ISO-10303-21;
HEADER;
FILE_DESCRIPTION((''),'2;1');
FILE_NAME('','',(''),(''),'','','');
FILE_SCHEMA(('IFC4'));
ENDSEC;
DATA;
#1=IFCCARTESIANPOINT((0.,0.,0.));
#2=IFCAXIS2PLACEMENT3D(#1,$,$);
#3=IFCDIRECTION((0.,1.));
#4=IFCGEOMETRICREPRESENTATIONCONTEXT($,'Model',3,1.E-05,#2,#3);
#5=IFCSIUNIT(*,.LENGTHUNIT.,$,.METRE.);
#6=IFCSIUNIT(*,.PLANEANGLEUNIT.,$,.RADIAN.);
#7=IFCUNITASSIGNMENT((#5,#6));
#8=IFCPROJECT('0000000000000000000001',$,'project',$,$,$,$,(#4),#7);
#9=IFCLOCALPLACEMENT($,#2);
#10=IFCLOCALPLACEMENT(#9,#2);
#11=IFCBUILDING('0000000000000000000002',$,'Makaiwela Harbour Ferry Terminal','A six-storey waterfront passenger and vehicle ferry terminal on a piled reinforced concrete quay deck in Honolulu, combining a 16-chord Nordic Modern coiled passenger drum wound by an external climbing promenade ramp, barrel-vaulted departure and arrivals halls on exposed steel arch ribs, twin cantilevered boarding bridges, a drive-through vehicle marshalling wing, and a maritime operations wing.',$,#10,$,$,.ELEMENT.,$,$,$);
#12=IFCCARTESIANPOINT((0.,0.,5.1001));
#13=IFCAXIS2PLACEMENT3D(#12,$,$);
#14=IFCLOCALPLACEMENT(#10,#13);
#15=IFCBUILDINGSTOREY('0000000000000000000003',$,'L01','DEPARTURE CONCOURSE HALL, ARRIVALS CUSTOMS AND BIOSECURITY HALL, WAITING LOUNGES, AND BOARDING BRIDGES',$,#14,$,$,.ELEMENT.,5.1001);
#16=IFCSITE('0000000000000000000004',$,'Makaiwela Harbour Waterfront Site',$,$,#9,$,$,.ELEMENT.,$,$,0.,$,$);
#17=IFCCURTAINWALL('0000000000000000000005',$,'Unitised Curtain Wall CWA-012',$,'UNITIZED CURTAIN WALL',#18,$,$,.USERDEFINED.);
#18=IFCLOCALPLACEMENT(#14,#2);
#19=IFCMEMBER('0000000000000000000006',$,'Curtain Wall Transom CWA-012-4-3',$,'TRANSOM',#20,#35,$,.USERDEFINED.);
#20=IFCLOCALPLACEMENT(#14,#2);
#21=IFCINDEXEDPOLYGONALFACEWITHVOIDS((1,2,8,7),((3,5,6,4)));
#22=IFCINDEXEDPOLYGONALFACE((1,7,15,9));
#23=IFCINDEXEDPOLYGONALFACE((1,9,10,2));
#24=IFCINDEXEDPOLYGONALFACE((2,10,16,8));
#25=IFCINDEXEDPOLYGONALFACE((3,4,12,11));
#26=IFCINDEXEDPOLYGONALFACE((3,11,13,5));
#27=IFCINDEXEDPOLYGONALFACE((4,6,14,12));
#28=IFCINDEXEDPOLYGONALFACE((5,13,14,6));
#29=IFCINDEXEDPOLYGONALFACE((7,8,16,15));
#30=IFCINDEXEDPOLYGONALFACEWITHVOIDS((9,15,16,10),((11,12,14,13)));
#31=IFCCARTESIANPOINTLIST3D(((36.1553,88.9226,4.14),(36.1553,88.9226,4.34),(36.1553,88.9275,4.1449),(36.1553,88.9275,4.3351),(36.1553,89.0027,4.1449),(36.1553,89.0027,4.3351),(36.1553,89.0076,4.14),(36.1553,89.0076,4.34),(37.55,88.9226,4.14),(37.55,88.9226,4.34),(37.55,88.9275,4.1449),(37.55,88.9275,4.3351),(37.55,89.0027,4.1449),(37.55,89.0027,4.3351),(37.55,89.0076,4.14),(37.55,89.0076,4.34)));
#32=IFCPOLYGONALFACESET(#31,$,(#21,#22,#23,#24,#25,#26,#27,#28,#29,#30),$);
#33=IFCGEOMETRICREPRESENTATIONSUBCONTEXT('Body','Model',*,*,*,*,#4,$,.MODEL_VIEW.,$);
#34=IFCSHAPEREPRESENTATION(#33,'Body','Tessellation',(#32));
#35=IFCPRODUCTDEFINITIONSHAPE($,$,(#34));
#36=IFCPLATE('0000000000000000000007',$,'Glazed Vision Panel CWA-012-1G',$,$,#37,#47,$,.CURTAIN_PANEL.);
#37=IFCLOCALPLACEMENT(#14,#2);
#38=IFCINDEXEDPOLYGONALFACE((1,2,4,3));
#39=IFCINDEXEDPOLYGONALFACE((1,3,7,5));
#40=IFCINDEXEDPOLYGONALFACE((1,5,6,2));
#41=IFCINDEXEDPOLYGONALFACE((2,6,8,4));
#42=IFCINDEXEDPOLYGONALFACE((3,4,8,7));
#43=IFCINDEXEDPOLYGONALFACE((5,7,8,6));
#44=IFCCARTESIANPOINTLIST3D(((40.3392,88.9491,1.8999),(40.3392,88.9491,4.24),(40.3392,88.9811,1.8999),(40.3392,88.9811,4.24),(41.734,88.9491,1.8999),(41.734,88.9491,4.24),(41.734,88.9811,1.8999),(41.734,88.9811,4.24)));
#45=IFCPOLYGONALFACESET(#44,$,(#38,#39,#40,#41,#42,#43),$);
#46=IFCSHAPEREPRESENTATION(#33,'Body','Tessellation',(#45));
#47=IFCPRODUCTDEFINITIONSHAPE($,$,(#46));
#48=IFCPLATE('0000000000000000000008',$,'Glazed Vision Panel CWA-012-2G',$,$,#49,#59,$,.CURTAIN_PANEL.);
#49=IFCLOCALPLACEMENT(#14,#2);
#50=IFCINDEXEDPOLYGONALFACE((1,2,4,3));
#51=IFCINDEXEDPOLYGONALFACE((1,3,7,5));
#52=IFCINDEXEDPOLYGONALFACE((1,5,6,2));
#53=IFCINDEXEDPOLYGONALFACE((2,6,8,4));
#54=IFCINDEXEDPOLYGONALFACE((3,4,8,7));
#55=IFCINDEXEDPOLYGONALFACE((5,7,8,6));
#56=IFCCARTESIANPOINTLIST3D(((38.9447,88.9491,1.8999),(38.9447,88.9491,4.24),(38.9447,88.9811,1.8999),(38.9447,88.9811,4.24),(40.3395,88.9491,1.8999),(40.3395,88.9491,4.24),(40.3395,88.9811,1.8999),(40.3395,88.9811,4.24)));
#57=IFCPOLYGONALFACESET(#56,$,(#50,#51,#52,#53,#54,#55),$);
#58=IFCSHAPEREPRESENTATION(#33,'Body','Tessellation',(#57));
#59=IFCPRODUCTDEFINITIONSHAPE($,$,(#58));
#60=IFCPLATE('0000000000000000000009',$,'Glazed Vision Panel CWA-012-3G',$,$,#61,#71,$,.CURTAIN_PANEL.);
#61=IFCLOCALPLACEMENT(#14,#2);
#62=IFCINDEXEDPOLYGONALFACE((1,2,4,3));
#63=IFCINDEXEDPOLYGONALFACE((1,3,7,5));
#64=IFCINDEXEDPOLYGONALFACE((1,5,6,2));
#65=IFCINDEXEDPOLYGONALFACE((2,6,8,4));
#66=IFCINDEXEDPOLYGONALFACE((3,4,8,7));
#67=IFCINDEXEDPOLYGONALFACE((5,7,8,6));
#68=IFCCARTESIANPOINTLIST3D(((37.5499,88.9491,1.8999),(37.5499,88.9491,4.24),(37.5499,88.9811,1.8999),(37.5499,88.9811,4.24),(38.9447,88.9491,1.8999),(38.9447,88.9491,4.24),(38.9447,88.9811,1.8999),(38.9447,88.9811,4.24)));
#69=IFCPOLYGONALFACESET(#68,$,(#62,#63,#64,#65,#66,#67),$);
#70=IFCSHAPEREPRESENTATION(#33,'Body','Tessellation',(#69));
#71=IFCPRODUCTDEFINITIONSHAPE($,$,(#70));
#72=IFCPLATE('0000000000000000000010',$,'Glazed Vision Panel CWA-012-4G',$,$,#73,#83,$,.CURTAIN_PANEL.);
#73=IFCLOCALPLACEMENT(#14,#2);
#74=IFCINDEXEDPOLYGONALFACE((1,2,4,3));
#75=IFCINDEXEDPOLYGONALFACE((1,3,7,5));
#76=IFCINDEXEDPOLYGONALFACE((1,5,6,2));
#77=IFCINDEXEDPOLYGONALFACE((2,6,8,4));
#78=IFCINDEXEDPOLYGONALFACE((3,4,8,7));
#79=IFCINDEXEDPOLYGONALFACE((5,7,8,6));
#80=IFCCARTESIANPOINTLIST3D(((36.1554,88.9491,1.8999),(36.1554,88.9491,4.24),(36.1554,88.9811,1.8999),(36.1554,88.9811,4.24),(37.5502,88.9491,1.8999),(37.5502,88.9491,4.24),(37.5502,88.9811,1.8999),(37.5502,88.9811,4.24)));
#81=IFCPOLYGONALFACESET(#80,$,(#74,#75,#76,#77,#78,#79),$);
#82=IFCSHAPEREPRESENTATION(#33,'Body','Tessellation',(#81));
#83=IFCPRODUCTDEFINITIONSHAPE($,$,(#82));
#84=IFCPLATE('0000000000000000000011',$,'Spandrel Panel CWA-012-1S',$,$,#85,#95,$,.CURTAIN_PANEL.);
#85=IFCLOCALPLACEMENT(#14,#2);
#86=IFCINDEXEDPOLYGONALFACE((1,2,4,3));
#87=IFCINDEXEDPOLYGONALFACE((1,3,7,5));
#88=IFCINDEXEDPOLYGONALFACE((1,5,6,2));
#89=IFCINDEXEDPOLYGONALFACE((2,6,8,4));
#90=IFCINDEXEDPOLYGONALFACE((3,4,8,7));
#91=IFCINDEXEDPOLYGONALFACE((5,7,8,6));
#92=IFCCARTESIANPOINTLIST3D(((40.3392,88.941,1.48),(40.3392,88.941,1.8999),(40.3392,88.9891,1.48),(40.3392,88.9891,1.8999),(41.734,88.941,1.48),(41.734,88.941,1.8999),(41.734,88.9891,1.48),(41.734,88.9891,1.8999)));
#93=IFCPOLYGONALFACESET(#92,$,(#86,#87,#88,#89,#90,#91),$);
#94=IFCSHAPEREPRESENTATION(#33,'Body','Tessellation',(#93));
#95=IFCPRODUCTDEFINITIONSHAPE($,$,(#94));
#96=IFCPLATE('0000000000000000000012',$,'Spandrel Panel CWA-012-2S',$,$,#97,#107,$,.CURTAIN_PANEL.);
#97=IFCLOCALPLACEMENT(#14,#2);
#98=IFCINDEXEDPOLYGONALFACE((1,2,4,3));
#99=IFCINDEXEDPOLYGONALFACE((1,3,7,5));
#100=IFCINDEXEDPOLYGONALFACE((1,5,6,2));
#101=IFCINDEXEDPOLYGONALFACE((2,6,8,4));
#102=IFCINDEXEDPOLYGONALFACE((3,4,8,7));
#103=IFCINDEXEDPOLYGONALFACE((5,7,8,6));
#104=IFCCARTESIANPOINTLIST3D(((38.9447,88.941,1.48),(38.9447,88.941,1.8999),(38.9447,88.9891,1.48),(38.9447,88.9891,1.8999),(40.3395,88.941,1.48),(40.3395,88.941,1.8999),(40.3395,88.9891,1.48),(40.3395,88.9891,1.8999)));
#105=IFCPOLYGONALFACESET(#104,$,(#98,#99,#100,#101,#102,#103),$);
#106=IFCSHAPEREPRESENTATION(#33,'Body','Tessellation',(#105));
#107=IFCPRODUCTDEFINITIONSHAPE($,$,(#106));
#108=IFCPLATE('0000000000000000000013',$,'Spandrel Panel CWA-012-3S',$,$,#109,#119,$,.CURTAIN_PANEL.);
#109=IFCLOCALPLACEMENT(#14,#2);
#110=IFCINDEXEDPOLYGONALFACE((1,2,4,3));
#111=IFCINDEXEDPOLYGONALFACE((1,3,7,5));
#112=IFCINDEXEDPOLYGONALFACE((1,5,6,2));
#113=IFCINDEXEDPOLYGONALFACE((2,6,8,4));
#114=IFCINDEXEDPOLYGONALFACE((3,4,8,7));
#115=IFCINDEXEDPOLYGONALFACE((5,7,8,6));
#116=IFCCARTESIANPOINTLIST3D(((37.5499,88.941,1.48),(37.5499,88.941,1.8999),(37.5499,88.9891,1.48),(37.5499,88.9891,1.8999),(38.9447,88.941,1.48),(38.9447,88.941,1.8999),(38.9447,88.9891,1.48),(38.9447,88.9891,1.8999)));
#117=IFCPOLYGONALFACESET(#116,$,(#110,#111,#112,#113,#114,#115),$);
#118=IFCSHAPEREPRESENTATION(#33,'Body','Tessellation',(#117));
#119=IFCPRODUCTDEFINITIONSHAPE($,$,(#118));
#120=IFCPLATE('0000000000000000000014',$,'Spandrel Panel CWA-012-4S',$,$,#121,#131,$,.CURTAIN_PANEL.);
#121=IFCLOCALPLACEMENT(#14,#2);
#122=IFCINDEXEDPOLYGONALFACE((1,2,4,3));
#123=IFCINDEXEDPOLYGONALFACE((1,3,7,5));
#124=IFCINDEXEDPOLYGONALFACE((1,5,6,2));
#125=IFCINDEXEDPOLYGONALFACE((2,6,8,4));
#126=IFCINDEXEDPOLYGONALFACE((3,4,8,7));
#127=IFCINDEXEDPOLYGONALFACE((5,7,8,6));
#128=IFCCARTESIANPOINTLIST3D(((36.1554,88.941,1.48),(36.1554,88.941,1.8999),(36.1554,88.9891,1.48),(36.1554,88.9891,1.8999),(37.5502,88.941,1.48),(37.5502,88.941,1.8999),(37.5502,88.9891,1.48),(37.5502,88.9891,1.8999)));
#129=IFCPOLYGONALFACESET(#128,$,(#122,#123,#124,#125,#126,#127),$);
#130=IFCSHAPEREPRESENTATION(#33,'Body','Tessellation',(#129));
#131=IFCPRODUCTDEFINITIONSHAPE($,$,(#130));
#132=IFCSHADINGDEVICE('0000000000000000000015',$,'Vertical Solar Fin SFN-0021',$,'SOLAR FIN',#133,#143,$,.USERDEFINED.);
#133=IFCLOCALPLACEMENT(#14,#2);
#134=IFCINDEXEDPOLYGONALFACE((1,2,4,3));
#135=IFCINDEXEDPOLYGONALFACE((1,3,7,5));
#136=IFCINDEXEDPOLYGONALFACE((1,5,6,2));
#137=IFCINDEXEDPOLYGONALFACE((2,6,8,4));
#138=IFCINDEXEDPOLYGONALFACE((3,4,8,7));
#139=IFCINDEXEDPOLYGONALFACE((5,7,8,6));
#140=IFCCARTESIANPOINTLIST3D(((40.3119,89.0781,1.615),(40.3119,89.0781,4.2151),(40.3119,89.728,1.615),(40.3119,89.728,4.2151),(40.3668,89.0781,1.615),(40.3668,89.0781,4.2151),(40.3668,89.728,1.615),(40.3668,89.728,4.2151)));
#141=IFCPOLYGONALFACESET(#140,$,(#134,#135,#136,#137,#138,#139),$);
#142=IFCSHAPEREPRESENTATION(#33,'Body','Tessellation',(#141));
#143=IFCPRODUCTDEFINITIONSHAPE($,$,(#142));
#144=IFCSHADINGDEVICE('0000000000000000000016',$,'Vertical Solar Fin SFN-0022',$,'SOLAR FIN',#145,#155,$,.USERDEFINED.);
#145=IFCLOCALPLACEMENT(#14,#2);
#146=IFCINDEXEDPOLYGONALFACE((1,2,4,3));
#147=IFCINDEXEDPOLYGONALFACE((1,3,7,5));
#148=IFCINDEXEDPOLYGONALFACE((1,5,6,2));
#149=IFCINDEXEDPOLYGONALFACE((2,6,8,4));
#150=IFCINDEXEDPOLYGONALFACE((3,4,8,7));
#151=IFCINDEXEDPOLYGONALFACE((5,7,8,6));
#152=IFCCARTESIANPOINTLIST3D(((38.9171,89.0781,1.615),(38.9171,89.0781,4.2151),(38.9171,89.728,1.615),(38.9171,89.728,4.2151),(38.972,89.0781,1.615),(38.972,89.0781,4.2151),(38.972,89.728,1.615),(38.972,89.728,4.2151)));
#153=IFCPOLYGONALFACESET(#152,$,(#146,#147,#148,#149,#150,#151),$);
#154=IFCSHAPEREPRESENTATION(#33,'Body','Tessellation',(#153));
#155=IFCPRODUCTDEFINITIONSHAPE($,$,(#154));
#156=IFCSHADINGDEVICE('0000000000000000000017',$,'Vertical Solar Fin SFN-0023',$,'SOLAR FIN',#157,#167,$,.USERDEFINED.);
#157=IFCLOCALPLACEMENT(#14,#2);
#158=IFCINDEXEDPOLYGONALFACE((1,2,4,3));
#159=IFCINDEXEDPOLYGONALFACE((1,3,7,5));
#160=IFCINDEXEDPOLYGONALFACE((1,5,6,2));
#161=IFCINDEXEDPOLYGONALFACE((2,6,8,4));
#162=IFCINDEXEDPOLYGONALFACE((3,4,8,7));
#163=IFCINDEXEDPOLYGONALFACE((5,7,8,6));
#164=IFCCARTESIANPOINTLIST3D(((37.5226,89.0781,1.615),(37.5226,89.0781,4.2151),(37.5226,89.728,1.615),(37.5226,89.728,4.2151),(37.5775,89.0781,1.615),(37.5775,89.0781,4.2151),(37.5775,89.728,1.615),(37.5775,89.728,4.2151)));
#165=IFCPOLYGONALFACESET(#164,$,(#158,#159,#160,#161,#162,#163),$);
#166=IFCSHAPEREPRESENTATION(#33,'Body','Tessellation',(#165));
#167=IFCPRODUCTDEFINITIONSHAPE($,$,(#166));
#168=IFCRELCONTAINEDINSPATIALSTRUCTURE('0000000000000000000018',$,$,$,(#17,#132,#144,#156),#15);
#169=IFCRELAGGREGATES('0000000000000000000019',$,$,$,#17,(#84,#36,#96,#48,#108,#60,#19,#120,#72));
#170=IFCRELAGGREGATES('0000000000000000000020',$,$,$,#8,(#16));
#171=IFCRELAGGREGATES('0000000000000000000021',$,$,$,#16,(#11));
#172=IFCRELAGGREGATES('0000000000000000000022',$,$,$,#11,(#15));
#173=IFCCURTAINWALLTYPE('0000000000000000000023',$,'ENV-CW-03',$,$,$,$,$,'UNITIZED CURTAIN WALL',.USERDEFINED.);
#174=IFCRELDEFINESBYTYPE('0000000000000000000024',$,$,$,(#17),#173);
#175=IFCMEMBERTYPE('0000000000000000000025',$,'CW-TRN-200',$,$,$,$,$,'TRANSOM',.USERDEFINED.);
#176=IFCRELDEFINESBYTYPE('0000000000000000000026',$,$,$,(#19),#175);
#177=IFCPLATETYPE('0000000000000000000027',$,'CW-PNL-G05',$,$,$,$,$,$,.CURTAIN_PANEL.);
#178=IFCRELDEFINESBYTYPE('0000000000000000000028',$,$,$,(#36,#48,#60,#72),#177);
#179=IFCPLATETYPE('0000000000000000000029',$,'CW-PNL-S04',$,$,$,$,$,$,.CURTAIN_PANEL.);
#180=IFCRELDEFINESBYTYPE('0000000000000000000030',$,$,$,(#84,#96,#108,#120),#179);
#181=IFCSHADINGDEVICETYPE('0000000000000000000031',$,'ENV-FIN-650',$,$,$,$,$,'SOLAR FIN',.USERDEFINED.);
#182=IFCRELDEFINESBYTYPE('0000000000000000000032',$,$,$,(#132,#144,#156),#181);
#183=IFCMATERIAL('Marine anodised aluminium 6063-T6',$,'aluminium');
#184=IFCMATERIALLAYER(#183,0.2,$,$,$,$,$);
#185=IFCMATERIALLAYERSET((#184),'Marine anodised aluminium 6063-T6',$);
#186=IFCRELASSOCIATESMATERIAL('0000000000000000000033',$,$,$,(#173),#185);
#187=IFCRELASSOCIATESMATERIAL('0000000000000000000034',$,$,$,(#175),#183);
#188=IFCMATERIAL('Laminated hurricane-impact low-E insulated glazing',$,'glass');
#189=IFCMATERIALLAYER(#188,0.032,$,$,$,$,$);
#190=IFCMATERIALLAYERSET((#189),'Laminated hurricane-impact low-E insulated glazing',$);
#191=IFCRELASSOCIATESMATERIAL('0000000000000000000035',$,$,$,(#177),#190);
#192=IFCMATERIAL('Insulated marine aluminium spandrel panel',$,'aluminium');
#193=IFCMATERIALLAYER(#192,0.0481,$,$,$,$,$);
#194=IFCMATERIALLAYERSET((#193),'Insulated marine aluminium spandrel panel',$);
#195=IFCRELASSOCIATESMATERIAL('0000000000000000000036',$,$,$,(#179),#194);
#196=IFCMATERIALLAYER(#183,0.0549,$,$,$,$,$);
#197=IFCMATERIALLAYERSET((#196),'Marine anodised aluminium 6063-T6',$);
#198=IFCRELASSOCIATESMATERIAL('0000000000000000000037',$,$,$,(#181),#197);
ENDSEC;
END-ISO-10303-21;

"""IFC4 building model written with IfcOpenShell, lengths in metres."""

from ifc_helpers import new_model, si_unit, direction, frame, origin, origin_2d, place, context, subcontext, project, spatial, rectangle, hollow_rectangle, extrude, material, layer, layer_set, material_profile, profile_set, type_object, element, aggregate, save


model = new_model("IFC4")

# Units and contexts
model_context = context("Model", 3, precision=1e-05, world=origin(), true_north=direction((0.0, 1.0)))
body_context = subcontext(model_context, "Body", "Model", "MODEL_VIEW")
ifc_project = project(units=[si_unit("LENGTHUNIT", "METRE"), si_unit("PLANEANGLEUNIT", "RADIAN")], contexts=[model_context])

# Site, building, storey
site_placement = place(None, origin())
site = spatial("IfcSite", under=ifc_project, at=site_placement, Name="Makaiwela Harbour Waterfront Site", CompositionType="ELEMENT", RefElevation=0.0)
building_placement = place(site_placement, origin())
building = spatial("IfcBuilding", under=site, at=building_placement, Name="Makaiwela Harbour Ferry Terminal", Description="A six-storey waterfront passenger and vehicle ferry terminal on a piled reinforced concrete quay deck in Honolulu, combining a 16-chord Nordic Modern coiled passenger drum wound by an external climbing promenade ramp, barrel-vaulted departure and arrivals halls on exposed steel arch ribs, twin cantilevered boarding bridges, a drive-through vehicle marshalling wing, and a maritime operations wing.", CompositionType="ELEMENT")
storey_placement = place(building_placement, frame((0.0, 0.0, 5.1001)))
storey = spatial("IfcBuildingStorey", under=building, at=storey_placement, Name="L01", Description="DEPARTURE CONCOURSE HALL, ARRIVALS CUSTOMS AND BIOSECURITY HALL, WAITING LOUNGES, AND BOARDING BRIDGES", CompositionType="ELEMENT", Elevation=5.1001)

# Curtain wall, member, plates
ifc_material_1 = material(Name="Marine anodised aluminium 6063-T6", Category="aluminium")
ifc_layer_1 = layer(ifc_material_1, 0.2)
ifc_layer_set_1 = layer_set([ifc_layer_1], Name="Marine anodised aluminium 6063-T6")
curtain_wall_type = type_object("IfcCurtainWallType", Name="ENV-CW-03", ElementType="UNITIZED CURTAIN WALL", PredefinedType="USERDEFINED", material=ifc_layer_set_1)
curtain_wall_placement = place(storey_placement, origin())
curtain_wall = element("IfcCurtainWall", 1, at=curtain_wall_placement, inside=storey, type_object=curtain_wall_type, Name="Unitised Curtain Wall CWA-012", ObjectType="UNITIZED CURTAIN WALL", PredefinedType="USERDEFINED")
ifc_material_profile_1 = material_profile(ifc_material_1, hollow_rectangle(XDim=0.085, YDim=0.2, WallThickness=0.0049, at=origin_2d()), Name="CWT-200X85")
ifc_profile_set_1 = profile_set([ifc_material_profile_1], Name="Marine anodised aluminium 6063-T6")
member_type_1 = type_object("IfcMemberType", Name="CW-TRN-200", ElementType="TRANSOM", PredefinedType="USERDEFINED", material=ifc_profile_set_1)
member_1_placement = place(storey_placement, frame((37.55, 88.9651, 4.24), z_axis=(-1.0, 0.0, 0.0), x_axis=(0.0, -1.0, 0.0)))
member_1 = element("IfcMember", 2, at=member_1_placement, type_object=member_type_1, Name="Curtain Wall Transom CWA-012-4-3", ObjectType="TRANSOM", PredefinedType="USERDEFINED", context=body_context, shape_type="SweptSolid", body=[
    extrude(hollow_rectangle(XDim=0.085, YDim=0.2, WallThickness=0.0049, at=origin_2d()), origin(), (0.0, 0.0, 1.0), 1.3948),
])
ifc_material_2 = material(Name="Laminated hurricane-impact low-E insulated glazing", Category="glass")
ifc_layer_2 = layer(ifc_material_2, 0.032)
ifc_layer_set_2 = layer_set([ifc_layer_2], Name="Laminated hurricane-impact low-E insulated glazing")
plate_type_1 = type_object("IfcPlateType", Name="CW-PNL-G05", PredefinedType="CURTAIN_PANEL", material=ifc_layer_set_2)
plate_1_placement = place(storey_placement, frame((41.0366, 88.9651, 1.8999), z_axis=(0.0, 0.0, 1.0), x_axis=(-1.0, 0.0, 0.0)))
plate_1 = element("IfcPlate", 3, at=plate_1_placement, type_object=plate_type_1, Name="Glazed Vision Panel CWA-012-1G", PredefinedType="CURTAIN_PANEL", context=body_context, shape_type="SweptSolid", body=[
    extrude(rectangle(XDim=1.3948, YDim=0.032, at=origin_2d()), origin(), (0.0, 0.0, 1.0), 2.3401),
])
plate_2_placement = place(storey_placement, frame((39.6421, 88.9651, 1.8999), z_axis=(0.0, 0.0, 1.0), x_axis=(-1.0, 0.0, 0.0)))
plate_2 = element("IfcPlate", 4, at=plate_2_placement, type_object=plate_type_1, Name="Glazed Vision Panel CWA-012-2G", PredefinedType="CURTAIN_PANEL", context=body_context, shape_type="SweptSolid", body=[
    extrude(rectangle(XDim=1.3948, YDim=0.032, at=origin_2d()), origin(), (0.0, 0.0, 1.0), 2.3401),
])
plate_3_placement = place(storey_placement, frame((38.2473, 88.9651, 1.8999), z_axis=(0.0, 0.0, 1.0), x_axis=(-1.0, 0.0, 0.0)))
plate_3 = element("IfcPlate", 5, at=plate_3_placement, type_object=plate_type_1, Name="Glazed Vision Panel CWA-012-3G", PredefinedType="CURTAIN_PANEL", context=body_context, shape_type="SweptSolid", body=[
    extrude(rectangle(XDim=1.3948, YDim=0.032, at=origin_2d()), origin(), (0.0, 0.0, 1.0), 2.3401),
])
plate_4_placement = place(storey_placement, frame((36.8528, 88.9651, 1.8999), z_axis=(0.0, 0.0, 1.0), x_axis=(-1.0, 0.0, 0.0)))
plate_4 = element("IfcPlate", 6, at=plate_4_placement, type_object=plate_type_1, Name="Glazed Vision Panel CWA-012-4G", PredefinedType="CURTAIN_PANEL", context=body_context, shape_type="SweptSolid", body=[
    extrude(rectangle(XDim=1.3948, YDim=0.032, at=origin_2d()), origin(), (0.0, 0.0, 1.0), 2.3401),
])
ifc_material_3 = material(Name="Insulated marine aluminium spandrel panel", Category="aluminium")
ifc_layer_3 = layer(ifc_material_3, 0.0481)
ifc_layer_set_3 = layer_set([ifc_layer_3], Name="Insulated marine aluminium spandrel panel")
plate_type_2 = type_object("IfcPlateType", Name="CW-PNL-S04", PredefinedType="CURTAIN_PANEL", material=ifc_layer_set_3)
plate_5_placement = place(storey_placement, frame((41.0366, 88.9651, 1.48), z_axis=(0.0, 0.0, 1.0), x_axis=(-1.0, 0.0, 0.0)))
plate_5 = element("IfcPlate", 7, at=plate_5_placement, type_object=plate_type_2, Name="Spandrel Panel CWA-012-1S", PredefinedType="CURTAIN_PANEL", context=body_context, shape_type="SweptSolid", body=[
    extrude(rectangle(XDim=1.3948, YDim=0.0481, at=origin_2d()), origin(), (0.0, 0.0, 1.0), 0.4199),
])
plate_6_placement = place(storey_placement, frame((39.6421, 88.9651, 1.48), z_axis=(0.0, 0.0, 1.0), x_axis=(-1.0, 0.0, 0.0)))
plate_6 = element("IfcPlate", 8, at=plate_6_placement, type_object=plate_type_2, Name="Spandrel Panel CWA-012-2S", PredefinedType="CURTAIN_PANEL", context=body_context, shape_type="SweptSolid", body=[
    extrude(rectangle(XDim=1.3948, YDim=0.0481, at=origin_2d()), origin(), (0.0, 0.0, 1.0), 0.4199),
])
plate_7_placement = place(storey_placement, frame((38.2473, 88.9651, 1.48), z_axis=(0.0, 0.0, 1.0), x_axis=(-1.0, 0.0, 0.0)))
plate_7 = element("IfcPlate", 9, at=plate_7_placement, type_object=plate_type_2, Name="Spandrel Panel CWA-012-3S", PredefinedType="CURTAIN_PANEL", context=body_context, shape_type="SweptSolid", body=[
    extrude(rectangle(XDim=1.3948, YDim=0.0481, at=origin_2d()), origin(), (0.0, 0.0, 1.0), 0.4199),
])
plate_8_placement = place(storey_placement, frame((36.8528, 88.9651, 1.48), z_axis=(0.0, 0.0, 1.0), x_axis=(-1.0, 0.0, 0.0)))
plate_8 = element("IfcPlate", 10, at=plate_8_placement, type_object=plate_type_2, Name="Spandrel Panel CWA-012-4S", PredefinedType="CURTAIN_PANEL", context=body_context, shape_type="SweptSolid", body=[
    extrude(rectangle(XDim=1.3948, YDim=0.0481, at=origin_2d()), origin(), (0.0, 0.0, 1.0), 0.4199),
])
aggregate(curtain_wall, [plate_5, plate_1, plate_6, plate_2, plate_7, plate_3, member_1, plate_8, plate_4])

# Shading devices
ifc_layer_4 = layer(ifc_material_1, 0.0549)
ifc_layer_set_4 = layer_set([ifc_layer_4], Name="Marine anodised aluminium 6063-T6")
shading_device_type = type_object("IfcShadingDeviceType", Name="ENV-FIN-650", ElementType="SOLAR FIN", PredefinedType="USERDEFINED", material=ifc_layer_set_4)
for number, where, z_axis, x_axis, name in (
    (11, (40.3394, 89.4031, 1.615), (0.0, 0.0, 1.0), (0.0, 1.0, 0.0), "Vertical Solar Fin SFN-0021"),
    (12, (38.9446, 89.4031, 1.615), (0.0, 0.0, 1.0), (0.0, 1.0, 0.0), "Vertical Solar Fin SFN-0022"),
    (13, (37.55, 89.4031, 1.615), (0.0, 0.0, 1.0), (0.0, 1.0, 0.0), "Vertical Solar Fin SFN-0023"),
):
    element("IfcShadingDevice", number, at=place(storey_placement, frame(where, z_axis=z_axis, x_axis=x_axis)), inside=storey, type_object=shading_device_type, Name=name, ObjectType="SOLAR FIN", PredefinedType="USERDEFINED", context=body_context, shape_type="SweptSolid", body=[
        extrude(rectangle(XDim=0.6499, YDim=0.0549, at=origin_2d()), origin(), (0.0, 0.0, 1.0), 2.6001),
    ])

save(model, "model.ifc")
